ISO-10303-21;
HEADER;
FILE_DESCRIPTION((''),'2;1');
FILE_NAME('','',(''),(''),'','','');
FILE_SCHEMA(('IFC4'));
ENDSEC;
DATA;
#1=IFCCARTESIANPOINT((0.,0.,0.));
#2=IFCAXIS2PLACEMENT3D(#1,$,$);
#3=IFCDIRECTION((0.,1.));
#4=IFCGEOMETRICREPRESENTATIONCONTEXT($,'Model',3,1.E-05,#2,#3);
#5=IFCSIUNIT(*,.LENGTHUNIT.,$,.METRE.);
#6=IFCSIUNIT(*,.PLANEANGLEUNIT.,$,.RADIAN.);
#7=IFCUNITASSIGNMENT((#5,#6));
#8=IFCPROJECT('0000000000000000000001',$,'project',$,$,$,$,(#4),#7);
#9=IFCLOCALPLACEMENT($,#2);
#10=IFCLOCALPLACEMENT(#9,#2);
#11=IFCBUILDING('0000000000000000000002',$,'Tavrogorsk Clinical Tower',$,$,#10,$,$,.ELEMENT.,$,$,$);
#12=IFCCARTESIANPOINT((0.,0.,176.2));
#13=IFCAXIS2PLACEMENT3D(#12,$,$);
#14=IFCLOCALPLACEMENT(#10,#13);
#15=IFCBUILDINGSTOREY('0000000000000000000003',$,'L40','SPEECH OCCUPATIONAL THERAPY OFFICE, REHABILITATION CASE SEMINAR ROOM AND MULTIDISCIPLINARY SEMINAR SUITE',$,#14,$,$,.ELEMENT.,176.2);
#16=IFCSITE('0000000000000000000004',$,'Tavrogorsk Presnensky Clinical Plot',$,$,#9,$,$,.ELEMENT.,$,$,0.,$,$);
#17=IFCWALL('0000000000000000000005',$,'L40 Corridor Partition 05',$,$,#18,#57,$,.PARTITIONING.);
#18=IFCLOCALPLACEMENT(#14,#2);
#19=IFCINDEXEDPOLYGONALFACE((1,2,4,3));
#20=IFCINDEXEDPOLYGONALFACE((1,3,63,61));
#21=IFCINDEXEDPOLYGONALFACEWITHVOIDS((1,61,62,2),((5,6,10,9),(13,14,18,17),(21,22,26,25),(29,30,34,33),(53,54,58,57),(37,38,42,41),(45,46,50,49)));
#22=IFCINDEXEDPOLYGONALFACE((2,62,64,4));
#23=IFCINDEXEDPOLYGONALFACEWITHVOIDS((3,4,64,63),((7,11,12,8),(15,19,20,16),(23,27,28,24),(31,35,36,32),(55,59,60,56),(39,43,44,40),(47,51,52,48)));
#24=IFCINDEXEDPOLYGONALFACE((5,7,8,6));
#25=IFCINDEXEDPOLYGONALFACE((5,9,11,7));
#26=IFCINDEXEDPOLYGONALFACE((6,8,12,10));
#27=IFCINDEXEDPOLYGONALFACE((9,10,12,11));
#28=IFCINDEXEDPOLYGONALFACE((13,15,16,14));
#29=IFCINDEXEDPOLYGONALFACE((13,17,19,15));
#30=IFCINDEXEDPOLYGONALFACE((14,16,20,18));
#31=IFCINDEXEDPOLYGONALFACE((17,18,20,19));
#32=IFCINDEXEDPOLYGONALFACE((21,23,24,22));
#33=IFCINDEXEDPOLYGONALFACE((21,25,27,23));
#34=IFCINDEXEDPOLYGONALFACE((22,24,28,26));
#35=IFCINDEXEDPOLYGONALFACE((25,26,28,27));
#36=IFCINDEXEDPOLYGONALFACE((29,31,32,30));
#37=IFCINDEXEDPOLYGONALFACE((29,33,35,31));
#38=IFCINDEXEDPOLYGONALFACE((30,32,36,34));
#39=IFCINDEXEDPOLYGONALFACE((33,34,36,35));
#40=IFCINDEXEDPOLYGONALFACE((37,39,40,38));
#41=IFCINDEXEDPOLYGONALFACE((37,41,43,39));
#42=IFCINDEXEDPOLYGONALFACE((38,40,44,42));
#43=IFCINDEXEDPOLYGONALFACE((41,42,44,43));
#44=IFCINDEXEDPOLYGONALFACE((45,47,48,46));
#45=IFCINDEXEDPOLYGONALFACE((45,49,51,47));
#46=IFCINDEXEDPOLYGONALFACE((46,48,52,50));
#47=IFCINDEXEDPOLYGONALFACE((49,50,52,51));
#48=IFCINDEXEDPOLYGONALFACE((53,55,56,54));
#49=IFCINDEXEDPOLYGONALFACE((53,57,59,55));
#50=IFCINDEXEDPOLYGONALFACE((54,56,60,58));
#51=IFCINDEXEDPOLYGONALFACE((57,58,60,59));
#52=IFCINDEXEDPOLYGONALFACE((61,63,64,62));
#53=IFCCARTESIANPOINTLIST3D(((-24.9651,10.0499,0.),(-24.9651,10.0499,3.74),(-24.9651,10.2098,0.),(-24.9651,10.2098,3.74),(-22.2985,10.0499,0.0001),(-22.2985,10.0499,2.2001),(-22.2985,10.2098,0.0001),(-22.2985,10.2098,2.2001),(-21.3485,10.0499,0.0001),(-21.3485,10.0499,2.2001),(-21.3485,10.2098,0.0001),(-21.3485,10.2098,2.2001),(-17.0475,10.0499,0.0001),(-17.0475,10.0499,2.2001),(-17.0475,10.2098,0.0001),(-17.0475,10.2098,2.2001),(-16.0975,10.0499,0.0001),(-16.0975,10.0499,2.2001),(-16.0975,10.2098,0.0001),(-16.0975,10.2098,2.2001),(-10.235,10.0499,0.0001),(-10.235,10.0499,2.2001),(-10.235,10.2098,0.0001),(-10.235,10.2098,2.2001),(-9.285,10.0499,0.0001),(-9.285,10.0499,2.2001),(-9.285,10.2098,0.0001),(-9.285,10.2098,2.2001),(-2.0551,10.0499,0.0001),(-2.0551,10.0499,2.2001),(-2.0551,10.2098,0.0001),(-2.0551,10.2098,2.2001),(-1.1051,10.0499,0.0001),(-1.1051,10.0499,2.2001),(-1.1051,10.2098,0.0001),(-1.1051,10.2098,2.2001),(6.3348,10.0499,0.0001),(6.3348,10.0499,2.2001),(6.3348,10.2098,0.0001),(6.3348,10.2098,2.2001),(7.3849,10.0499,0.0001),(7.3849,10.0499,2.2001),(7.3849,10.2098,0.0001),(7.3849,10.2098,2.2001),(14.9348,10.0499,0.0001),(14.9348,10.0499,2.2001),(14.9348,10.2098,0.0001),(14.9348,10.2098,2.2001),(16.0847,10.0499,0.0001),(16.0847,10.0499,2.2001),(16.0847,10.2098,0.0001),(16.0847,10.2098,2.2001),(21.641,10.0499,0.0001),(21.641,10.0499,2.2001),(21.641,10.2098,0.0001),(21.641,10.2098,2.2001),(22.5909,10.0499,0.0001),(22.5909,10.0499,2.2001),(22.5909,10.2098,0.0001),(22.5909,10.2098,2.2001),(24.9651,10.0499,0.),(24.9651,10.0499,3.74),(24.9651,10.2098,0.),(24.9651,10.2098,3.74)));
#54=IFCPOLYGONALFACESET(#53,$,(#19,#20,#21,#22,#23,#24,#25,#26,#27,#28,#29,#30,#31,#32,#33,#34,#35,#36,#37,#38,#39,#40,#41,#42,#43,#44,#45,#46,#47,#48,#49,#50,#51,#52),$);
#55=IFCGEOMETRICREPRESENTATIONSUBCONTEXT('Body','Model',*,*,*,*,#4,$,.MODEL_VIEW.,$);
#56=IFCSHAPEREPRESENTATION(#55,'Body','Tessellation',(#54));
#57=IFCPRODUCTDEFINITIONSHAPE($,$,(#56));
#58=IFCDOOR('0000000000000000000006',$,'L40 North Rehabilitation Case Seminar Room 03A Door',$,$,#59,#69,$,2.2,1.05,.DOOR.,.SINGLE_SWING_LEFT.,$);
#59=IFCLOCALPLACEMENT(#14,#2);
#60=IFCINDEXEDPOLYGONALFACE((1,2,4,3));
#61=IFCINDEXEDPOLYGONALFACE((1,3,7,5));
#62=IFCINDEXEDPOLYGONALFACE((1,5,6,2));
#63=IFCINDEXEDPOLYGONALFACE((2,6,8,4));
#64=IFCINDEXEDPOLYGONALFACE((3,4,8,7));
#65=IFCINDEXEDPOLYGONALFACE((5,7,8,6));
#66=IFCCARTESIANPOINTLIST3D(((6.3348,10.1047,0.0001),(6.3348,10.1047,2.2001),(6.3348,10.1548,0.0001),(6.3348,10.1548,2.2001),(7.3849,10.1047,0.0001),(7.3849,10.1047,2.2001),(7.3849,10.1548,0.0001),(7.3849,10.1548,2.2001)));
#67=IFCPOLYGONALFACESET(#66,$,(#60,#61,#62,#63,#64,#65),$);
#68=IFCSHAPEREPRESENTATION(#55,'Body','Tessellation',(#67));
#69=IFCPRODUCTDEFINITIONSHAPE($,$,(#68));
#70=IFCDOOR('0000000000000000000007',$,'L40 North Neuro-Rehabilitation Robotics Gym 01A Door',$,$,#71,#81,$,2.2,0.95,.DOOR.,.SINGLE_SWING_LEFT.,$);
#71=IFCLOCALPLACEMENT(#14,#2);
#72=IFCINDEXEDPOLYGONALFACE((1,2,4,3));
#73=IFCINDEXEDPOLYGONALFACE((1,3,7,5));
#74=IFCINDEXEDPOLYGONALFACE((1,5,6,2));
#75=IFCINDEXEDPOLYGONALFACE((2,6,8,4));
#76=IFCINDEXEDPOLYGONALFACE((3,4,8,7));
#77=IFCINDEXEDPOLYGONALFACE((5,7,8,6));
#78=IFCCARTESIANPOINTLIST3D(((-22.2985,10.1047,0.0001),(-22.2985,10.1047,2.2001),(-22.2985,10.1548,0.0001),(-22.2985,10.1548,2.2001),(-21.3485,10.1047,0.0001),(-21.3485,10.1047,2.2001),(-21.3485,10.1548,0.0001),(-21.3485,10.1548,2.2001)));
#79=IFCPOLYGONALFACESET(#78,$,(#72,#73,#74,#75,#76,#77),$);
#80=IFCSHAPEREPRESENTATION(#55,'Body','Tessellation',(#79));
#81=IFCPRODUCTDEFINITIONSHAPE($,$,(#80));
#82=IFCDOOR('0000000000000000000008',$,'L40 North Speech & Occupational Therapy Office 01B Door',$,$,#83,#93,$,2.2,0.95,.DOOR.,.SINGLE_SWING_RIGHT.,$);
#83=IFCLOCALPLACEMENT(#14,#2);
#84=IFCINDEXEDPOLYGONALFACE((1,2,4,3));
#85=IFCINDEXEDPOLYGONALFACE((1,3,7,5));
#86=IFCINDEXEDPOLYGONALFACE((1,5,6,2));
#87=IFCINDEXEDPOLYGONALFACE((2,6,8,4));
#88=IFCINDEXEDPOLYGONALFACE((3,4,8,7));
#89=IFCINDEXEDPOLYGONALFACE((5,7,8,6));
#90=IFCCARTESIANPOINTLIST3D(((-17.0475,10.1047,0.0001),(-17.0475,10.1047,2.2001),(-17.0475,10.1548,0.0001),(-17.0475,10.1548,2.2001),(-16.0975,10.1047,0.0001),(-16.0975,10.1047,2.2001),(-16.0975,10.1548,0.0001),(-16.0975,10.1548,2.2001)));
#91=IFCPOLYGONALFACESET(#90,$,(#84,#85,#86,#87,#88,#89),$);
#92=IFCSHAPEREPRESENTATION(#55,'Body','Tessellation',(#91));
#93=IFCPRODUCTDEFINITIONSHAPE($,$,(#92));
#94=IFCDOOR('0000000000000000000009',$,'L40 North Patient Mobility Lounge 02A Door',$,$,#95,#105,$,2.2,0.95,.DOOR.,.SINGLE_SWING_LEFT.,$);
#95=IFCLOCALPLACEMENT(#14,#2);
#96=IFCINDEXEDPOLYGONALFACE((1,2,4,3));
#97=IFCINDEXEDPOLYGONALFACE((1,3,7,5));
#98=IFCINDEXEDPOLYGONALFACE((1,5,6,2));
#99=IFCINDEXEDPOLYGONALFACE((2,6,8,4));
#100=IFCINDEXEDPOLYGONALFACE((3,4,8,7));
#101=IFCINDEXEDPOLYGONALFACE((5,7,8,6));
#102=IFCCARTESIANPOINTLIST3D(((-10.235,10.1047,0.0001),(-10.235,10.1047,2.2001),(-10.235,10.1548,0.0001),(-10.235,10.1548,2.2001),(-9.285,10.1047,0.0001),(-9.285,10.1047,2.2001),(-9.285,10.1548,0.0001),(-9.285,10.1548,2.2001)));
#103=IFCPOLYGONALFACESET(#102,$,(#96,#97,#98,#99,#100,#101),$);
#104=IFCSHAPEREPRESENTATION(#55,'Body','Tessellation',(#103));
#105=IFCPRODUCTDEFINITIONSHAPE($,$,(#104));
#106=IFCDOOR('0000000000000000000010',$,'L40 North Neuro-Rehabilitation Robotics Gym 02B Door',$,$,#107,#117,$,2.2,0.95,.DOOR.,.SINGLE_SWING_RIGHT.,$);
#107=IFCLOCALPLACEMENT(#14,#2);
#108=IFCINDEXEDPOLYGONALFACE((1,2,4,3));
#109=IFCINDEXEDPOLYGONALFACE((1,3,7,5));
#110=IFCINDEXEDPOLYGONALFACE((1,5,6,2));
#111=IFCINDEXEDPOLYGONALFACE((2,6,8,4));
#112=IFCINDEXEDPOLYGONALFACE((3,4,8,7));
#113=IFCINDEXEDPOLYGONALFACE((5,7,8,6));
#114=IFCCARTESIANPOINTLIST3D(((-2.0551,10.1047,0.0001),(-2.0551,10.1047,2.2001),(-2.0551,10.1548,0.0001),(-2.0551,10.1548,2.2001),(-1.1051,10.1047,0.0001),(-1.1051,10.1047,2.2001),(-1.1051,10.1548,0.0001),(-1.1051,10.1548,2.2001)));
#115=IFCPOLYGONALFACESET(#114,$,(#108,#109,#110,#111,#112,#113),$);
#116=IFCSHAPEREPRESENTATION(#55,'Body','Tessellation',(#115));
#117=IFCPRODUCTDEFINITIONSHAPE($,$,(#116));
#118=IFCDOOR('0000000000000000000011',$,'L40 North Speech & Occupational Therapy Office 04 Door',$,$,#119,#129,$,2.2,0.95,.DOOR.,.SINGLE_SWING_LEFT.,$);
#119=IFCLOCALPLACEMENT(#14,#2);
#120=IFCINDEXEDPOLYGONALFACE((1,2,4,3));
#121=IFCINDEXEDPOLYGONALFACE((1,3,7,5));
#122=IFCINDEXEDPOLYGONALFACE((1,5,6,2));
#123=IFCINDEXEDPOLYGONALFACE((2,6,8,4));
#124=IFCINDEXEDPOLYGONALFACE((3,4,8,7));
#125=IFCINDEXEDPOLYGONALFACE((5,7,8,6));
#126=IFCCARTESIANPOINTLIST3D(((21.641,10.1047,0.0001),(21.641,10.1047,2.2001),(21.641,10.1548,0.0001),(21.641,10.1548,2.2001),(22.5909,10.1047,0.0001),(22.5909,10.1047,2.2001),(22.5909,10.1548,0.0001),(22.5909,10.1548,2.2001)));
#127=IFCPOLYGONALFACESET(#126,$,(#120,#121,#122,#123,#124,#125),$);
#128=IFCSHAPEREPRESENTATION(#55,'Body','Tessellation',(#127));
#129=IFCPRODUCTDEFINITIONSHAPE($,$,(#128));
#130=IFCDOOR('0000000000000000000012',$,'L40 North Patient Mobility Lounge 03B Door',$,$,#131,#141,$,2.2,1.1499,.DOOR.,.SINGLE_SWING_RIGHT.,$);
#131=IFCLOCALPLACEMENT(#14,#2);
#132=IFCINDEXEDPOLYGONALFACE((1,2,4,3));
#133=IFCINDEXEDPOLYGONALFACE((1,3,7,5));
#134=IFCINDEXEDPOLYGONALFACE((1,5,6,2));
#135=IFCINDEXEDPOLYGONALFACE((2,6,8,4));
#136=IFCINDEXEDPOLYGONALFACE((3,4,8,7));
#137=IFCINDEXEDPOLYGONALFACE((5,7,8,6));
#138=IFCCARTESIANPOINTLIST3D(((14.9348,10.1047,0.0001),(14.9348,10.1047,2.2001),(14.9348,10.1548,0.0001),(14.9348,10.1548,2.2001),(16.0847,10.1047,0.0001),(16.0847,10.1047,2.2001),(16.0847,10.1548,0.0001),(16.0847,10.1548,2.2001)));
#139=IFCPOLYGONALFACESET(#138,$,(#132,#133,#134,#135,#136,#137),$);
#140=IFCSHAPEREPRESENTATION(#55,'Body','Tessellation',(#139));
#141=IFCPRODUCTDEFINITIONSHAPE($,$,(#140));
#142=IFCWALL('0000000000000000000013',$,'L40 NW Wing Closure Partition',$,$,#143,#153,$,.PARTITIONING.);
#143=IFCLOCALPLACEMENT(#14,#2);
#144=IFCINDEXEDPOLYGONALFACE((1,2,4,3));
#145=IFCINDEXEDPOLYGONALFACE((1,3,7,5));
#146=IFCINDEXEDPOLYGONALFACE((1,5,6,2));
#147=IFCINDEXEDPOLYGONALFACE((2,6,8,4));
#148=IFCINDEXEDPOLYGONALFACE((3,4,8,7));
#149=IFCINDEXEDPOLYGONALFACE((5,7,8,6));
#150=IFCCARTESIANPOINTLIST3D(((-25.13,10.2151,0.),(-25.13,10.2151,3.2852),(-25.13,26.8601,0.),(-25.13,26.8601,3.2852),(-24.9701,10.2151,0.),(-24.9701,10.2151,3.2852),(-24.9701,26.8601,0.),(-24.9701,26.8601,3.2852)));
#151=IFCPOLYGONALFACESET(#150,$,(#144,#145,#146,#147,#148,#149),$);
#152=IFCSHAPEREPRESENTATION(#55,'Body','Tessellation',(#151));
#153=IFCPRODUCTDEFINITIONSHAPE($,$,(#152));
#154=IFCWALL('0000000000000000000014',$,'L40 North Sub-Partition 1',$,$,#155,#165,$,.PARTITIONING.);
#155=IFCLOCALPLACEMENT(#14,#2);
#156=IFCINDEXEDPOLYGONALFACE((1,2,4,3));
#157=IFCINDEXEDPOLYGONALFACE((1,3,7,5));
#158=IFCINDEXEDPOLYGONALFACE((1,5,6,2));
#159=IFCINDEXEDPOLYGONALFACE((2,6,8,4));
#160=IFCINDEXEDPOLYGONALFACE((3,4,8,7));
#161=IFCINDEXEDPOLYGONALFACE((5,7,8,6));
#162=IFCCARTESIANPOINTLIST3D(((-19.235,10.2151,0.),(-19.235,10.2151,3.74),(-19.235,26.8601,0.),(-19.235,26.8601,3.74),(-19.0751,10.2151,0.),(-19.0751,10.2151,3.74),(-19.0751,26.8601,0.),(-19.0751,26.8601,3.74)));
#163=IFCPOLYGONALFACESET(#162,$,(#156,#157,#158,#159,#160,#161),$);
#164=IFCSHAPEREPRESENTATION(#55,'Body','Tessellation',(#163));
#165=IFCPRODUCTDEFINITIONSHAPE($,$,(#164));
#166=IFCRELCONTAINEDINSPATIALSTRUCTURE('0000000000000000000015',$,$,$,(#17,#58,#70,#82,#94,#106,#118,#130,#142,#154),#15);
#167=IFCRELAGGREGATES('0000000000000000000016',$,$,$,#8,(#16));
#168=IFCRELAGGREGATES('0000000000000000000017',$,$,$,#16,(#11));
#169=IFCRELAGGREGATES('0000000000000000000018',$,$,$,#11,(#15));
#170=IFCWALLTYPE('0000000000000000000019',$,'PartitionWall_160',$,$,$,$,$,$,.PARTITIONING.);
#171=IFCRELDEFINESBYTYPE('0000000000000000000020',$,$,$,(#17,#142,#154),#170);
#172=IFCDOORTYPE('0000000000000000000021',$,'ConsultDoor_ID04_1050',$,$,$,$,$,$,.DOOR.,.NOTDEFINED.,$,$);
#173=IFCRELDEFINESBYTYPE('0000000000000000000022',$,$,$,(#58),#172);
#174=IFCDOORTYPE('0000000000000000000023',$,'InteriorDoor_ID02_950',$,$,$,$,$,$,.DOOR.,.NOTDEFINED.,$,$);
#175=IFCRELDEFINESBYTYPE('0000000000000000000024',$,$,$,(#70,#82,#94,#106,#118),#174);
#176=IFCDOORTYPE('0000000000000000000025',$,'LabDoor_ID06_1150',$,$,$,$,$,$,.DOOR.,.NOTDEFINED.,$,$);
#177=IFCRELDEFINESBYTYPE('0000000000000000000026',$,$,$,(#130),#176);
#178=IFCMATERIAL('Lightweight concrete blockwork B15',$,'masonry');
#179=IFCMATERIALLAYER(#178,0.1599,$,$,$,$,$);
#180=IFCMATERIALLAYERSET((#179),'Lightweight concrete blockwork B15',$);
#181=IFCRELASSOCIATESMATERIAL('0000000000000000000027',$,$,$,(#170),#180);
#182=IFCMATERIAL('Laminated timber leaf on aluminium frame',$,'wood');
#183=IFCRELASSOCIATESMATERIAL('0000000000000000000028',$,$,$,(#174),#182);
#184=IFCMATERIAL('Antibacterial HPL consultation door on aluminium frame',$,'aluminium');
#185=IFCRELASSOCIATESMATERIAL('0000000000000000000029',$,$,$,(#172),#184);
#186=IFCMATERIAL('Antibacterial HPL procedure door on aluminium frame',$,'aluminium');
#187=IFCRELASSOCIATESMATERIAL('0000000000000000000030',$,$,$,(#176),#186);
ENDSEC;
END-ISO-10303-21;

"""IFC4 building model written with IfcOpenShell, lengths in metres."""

from ifc_helpers import new_model, si_unit, direction, frame, frame_2d, origin, place, context, subcontext, project, spatial, rectangle, extrude, material, layer, layer_set, type_object, element, fill, save


model = new_model("IFC4")

# Units and contexts
model_context = context("Model", 3, precision=1e-05, world=origin(), true_north=direction((0.0, 1.0)))
body_context = subcontext(model_context, "Body", "Model", "MODEL_VIEW")
ifc_project = project(units=[si_unit("LENGTHUNIT", "METRE"), si_unit("PLANEANGLEUNIT", "RADIAN")], contexts=[model_context])

# Site, building, storey
site_placement = place(None, origin())
site = spatial("IfcSite", under=ifc_project, at=site_placement, Name="Tavrogorsk Presnensky Clinical Plot", CompositionType="ELEMENT", RefElevation=0.0)
building_placement = place(site_placement, origin())
building = spatial("IfcBuilding", under=site, at=building_placement, Name="Tavrogorsk Clinical Tower", CompositionType="ELEMENT")
storey_placement = place(building_placement, frame((0.0, 0.0, 176.2)))
storey = spatial("IfcBuildingStorey", under=building, at=storey_placement, Name="L40", Description="SPEECH OCCUPATIONAL THERAPY OFFICE, REHABILITATION CASE SEMINAR ROOM AND MULTIDISCIPLINARY SEMINAR SUITE", CompositionType="ELEMENT", Elevation=176.2)

# Shared definitions
ifc_material_1 = material(Name="Lightweight concrete blockwork B15", Category="masonry")
ifc_layer_1 = layer(ifc_material_1, 0.1599)
ifc_layer_set_1 = layer_set([ifc_layer_1], Name="Lightweight concrete blockwork B15")
wall_type_1 = type_object("IfcWallType", Name="PartitionWall_160", PredefinedType="PARTITIONING", material=ifc_layer_set_1)
ifc_material_2 = material(Name="Laminated timber leaf on aluminium frame", Category="wood")
door_type_1 = type_object("IfcDoorType", Name="InteriorDoor_ID02_950", OperationType="NOTDEFINED", PredefinedType="DOOR", material=ifc_material_2)

# Wall, openings, doors
wall_1_placement = place(storey_placement, frame((-24.9651, 10.1299, 0.0), z_axis=(0.0, 0.0, 1.0), x_axis=(1.0, 0.0, 0.0)))
wall_1 = element("IfcWall", 1, at=wall_1_placement, inside=storey, type_object=wall_type_1, Name="L40 Corridor Partition 05", PredefinedType="PARTITIONING", context=body_context, shape_type="SweptSolid", body=[
    extrude(rectangle(XDim=49.9302, YDim=0.1599, at=frame_2d((24.9651, 0.0))), origin(), (0.0, 0.0, 1.0), 3.74),
])
opening_1_placement = place(wall_1_placement, frame((2.6665, 0.0, 0.0)))
opening_1 = element("IfcOpeningElement", 2, at=opening_1_placement, cuts=wall_1, PredefinedType="OPENING", context=body_context, shape_type="SweptSolid", body=[
    extrude(rectangle(XDim=0.95, YDim=2.2, at=frame_2d((0.4751, 1.1001))), frame((0.0, 0.0898, 0.0), z_axis=(0.0, -1.0, 0.0), x_axis=(1.0, 0.0, 0.0)), (0.0, 0.0, 1.0), 0.1799),
])
opening_2_placement = place(wall_1_placement, frame((7.9175, 0.0, 0.0)))
opening_2 = element("IfcOpeningElement", 3, at=opening_2_placement, cuts=wall_1, PredefinedType="OPENING", context=body_context, shape_type="SweptSolid", body=[
    extrude(rectangle(XDim=0.95, YDim=2.2, at=frame_2d((0.4751, 1.1001))), frame((0.0, 0.0898, 0.0), z_axis=(0.0, -1.0, 0.0), x_axis=(1.0, 0.0, 0.0)), (0.0, 0.0, 1.0), 0.1799),
])
opening_3_placement = place(wall_1_placement, frame((14.73, 0.0, 0.0)))
opening_3 = element("IfcOpeningElement", 4, at=opening_3_placement, cuts=wall_1, PredefinedType="OPENING", context=body_context, shape_type="SweptSolid", body=[
    extrude(rectangle(XDim=0.95, YDim=2.2, at=frame_2d((0.4751, 1.1001))), frame((0.0, 0.0898, 0.0), z_axis=(0.0, -1.0, 0.0), x_axis=(1.0, 0.0, 0.0)), (0.0, 0.0, 1.0), 0.1799),
])
opening_4_placement = place(wall_1_placement, frame((22.9099, 0.0, 0.0)))
opening_4 = element("IfcOpeningElement", 5, at=opening_4_placement, cuts=wall_1, PredefinedType="OPENING", context=body_context, shape_type="SweptSolid", body=[
    extrude(rectangle(XDim=0.95, YDim=2.2, at=frame_2d((0.4751, 1.1001))), frame((0.0, 0.0898, 0.0), z_axis=(0.0, -1.0, 0.0), x_axis=(1.0, 0.0, 0.0)), (0.0, 0.0, 1.0), 0.1799),
])
opening_5_placement = place(wall_1_placement, frame((31.3, 0.0, 0.0)))
opening_5 = element("IfcOpeningElement", 6, at=opening_5_placement, cuts=wall_1, PredefinedType="OPENING", context=body_context, shape_type="SweptSolid", body=[
    extrude(rectangle(XDim=1.05, YDim=2.2, at=frame_2d((0.5249, 1.1001))), frame((0.0, 0.0898, 0.0), z_axis=(0.0, -1.0, 0.0), x_axis=(1.0, 0.0, 0.0)), (0.0, 0.0, 1.0), 0.1799),
])
opening_6_placement = place(wall_1_placement, frame((39.8999, 0.0, 0.0)))
opening_6 = element("IfcOpeningElement", 7, at=opening_6_placement, cuts=wall_1, PredefinedType="OPENING", context=body_context, shape_type="SweptSolid", body=[
    extrude(rectangle(XDim=1.1499, YDim=2.2, at=frame_2d((0.575, 1.1001))), frame((0.0, 0.0898, 0.0), z_axis=(0.0, -1.0, 0.0), x_axis=(1.0, 0.0, 0.0)), (0.0, 0.0, 1.0), 0.1799),
])
opening_7_placement = place(wall_1_placement, frame((46.606, 0.0, 0.0)))
opening_7 = element("IfcOpeningElement", 8, at=opening_7_placement, cuts=wall_1, PredefinedType="OPENING", context=body_context, shape_type="SweptSolid", body=[
    extrude(rectangle(XDim=0.95, YDim=2.2, at=frame_2d((0.4751, 1.1001))), frame((0.0, 0.0898, 0.0), z_axis=(0.0, -1.0, 0.0), x_axis=(1.0, 0.0, 0.0)), (0.0, 0.0, 1.0), 0.1799),
])
ifc_material_3 = material(Name="Antibacterial HPL consultation door on aluminium frame", Category="aluminium")
door_type_2 = type_object("IfcDoorType", Name="ConsultDoor_ID04_1050", OperationType="NOTDEFINED", PredefinedType="DOOR", material=ifc_material_3)
door_1_placement = place(opening_5_placement, origin())
door_1 = element("IfcDoor", 9, at=door_1_placement, inside=storey, type_object=door_type_2, Name="L40 North Rehabilitation Case Seminar Room 03A Door", OperationType="SINGLE_SWING_LEFT", OverallHeight=2.2, OverallWidth=1.05, PredefinedType="DOOR", context=body_context, shape_type="SweptSolid", body=[
    extrude(rectangle(XDim=1.05, YDim=2.2, at=frame_2d((0.5249, 1.1001))), frame((0.0, 0.0249, 0.0), z_axis=(0.0, -1.0, 0.0), x_axis=(1.0, 0.0, 0.0)), (0.0, 0.0, 1.0), 0.05),
])
fill(opening_5, door_1)
door_2_placement = place(opening_1_placement, origin())
door_2 = element("IfcDoor", 10, at=door_2_placement, inside=storey, type_object=door_type_1, Name="L40 North Neuro-Rehabilitation Robotics Gym 01A Door", OperationType="SINGLE_SWING_LEFT", OverallHeight=2.2, OverallWidth=0.95, PredefinedType="DOOR", context=body_context, shape_type="SweptSolid", body=[
    extrude(rectangle(XDim=0.95, YDim=2.2, at=frame_2d((0.4751, 1.1001))), frame((0.0, 0.0249, 0.0), z_axis=(0.0, -1.0, 0.0), x_axis=(1.0, 0.0, 0.0)), (0.0, 0.0, 1.0), 0.05),
])
fill(opening_1, door_2)
door_3_placement = place(opening_2_placement, origin())
door_3 = element("IfcDoor", 11, at=door_3_placement, inside=storey, type_object=door_type_1, Name="L40 North Speech & Occupational Therapy Office 01B Door", OperationType="SINGLE_SWING_RIGHT", OverallHeight=2.2, OverallWidth=0.95, PredefinedType="DOOR", context=body_context, shape_type="SweptSolid", body=[
    extrude(rectangle(XDim=0.95, YDim=2.2, at=frame_2d((0.4751, 1.1001))), frame((0.0, 0.0249, 0.0), z_axis=(0.0, -1.0, 0.0), x_axis=(1.0, 0.0, 0.0)), (0.0, 0.0, 1.0), 0.05),
])
fill(opening_2, door_3)
door_4_placement = place(opening_3_placement, origin())
door_4 = element("IfcDoor", 12, at=door_4_placement, inside=storey, type_object=door_type_1, Name="L40 North Patient Mobility Lounge 02A Door", OperationType="SINGLE_SWING_LEFT", OverallHeight=2.2, OverallWidth=0.95, PredefinedType="DOOR", context=body_context, shape_type="SweptSolid", body=[
    extrude(rectangle(XDim=0.95, YDim=2.2, at=frame_2d((0.4751, 1.1001))), frame((0.0, 0.0249, 0.0), z_axis=(0.0, -1.0, 0.0), x_axis=(1.0, 0.0, 0.0)), (0.0, 0.0, 1.0), 0.05),
])
fill(opening_3, door_4)
door_5_placement = place(opening_4_placement, origin())
door_5 = element("IfcDoor", 13, at=door_5_placement, inside=storey, type_object=door_type_1, Name="L40 North Neuro-Rehabilitation Robotics Gym 02B Door", OperationType="SINGLE_SWING_RIGHT", OverallHeight=2.2, OverallWidth=0.95, PredefinedType="DOOR", context=body_context, shape_type="SweptSolid", body=[
    extrude(rectangle(XDim=0.95, YDim=2.2, at=frame_2d((0.4751, 1.1001))), frame((0.0, 0.0249, 0.0), z_axis=(0.0, -1.0, 0.0), x_axis=(1.0, 0.0, 0.0)), (0.0, 0.0, 1.0), 0.05),
])
fill(opening_4, door_5)
door_6_placement = place(opening_7_placement, origin())
door_6 = element("IfcDoor", 14, at=door_6_placement, inside=storey, type_object=door_type_1, Name="L40 North Speech & Occupational Therapy Office 04 Door", OperationType="SINGLE_SWING_LEFT", OverallHeight=2.2, OverallWidth=0.95, PredefinedType="DOOR", context=body_context, shape_type="SweptSolid", body=[
    extrude(rectangle(XDim=0.95, YDim=2.2, at=frame_2d((0.4751, 1.1001))), frame((0.0, 0.0249, 0.0), z_axis=(0.0, -1.0, 0.0), x_axis=(1.0, 0.0, 0.0)), (0.0, 0.0, 1.0), 0.05),
])
fill(opening_7, door_6)
ifc_material_4 = material(Name="Antibacterial HPL procedure door on aluminium frame", Category="aluminium")
door_type_3 = type_object("IfcDoorType", Name="LabDoor_ID06_1150", OperationType="NOTDEFINED", PredefinedType="DOOR", material=ifc_material_4)
door_7_placement = place(opening_6_placement, origin())
door_7 = element("IfcDoor", 15, at=door_7_placement, inside=storey, type_object=door_type_3, Name="L40 North Patient Mobility Lounge 03B Door", OperationType="SINGLE_SWING_RIGHT", OverallHeight=2.2, OverallWidth=1.1499, PredefinedType="DOOR", context=body_context, shape_type="SweptSolid", body=[
    extrude(rectangle(XDim=1.1499, YDim=2.2, at=frame_2d((0.575, 1.1001))), frame((0.0, 0.0249, 0.0), z_axis=(0.0, -1.0, 0.0), x_axis=(1.0, 0.0, 0.0)), (0.0, 0.0, 1.0), 0.05),
])
fill(opening_6, door_7)

# Walls
wall_2_placement = place(storey_placement, frame((-25.05, 10.2151, 0.0), z_axis=(0.0, 0.0, 1.0), x_axis=(0.0, 1.0, 0.0)))
element("IfcWall", 16, at=wall_2_placement, inside=storey, type_object=wall_type_1, Name="L40 NW Wing Closure Partition", PredefinedType="PARTITIONING", context=body_context, shape_type="SweptSolid", body=[
    extrude(rectangle(XDim=16.645, YDim=0.1599, at=frame_2d((8.3225, 0.0))), origin(), (0.0, 0.0, 1.0), 3.2852),
])
wall_3_placement = place(storey_placement, frame((-19.155, 10.2151, 0.0), z_axis=(0.0, 0.0, 1.0), x_axis=(0.0, 1.0, 0.0)))
element("IfcWall", 17, at=wall_3_placement, inside=storey, type_object=wall_type_1, Name="L40 North Sub-Partition 1", PredefinedType="PARTITIONING", context=body_context, shape_type="SweptSolid", body=[
    extrude(rectangle(XDim=16.645, YDim=0.1599, at=frame_2d((8.3225, 0.0))), origin(), (0.0, 0.0, 1.0), 3.74),
])

save(model, "model.ifc")
